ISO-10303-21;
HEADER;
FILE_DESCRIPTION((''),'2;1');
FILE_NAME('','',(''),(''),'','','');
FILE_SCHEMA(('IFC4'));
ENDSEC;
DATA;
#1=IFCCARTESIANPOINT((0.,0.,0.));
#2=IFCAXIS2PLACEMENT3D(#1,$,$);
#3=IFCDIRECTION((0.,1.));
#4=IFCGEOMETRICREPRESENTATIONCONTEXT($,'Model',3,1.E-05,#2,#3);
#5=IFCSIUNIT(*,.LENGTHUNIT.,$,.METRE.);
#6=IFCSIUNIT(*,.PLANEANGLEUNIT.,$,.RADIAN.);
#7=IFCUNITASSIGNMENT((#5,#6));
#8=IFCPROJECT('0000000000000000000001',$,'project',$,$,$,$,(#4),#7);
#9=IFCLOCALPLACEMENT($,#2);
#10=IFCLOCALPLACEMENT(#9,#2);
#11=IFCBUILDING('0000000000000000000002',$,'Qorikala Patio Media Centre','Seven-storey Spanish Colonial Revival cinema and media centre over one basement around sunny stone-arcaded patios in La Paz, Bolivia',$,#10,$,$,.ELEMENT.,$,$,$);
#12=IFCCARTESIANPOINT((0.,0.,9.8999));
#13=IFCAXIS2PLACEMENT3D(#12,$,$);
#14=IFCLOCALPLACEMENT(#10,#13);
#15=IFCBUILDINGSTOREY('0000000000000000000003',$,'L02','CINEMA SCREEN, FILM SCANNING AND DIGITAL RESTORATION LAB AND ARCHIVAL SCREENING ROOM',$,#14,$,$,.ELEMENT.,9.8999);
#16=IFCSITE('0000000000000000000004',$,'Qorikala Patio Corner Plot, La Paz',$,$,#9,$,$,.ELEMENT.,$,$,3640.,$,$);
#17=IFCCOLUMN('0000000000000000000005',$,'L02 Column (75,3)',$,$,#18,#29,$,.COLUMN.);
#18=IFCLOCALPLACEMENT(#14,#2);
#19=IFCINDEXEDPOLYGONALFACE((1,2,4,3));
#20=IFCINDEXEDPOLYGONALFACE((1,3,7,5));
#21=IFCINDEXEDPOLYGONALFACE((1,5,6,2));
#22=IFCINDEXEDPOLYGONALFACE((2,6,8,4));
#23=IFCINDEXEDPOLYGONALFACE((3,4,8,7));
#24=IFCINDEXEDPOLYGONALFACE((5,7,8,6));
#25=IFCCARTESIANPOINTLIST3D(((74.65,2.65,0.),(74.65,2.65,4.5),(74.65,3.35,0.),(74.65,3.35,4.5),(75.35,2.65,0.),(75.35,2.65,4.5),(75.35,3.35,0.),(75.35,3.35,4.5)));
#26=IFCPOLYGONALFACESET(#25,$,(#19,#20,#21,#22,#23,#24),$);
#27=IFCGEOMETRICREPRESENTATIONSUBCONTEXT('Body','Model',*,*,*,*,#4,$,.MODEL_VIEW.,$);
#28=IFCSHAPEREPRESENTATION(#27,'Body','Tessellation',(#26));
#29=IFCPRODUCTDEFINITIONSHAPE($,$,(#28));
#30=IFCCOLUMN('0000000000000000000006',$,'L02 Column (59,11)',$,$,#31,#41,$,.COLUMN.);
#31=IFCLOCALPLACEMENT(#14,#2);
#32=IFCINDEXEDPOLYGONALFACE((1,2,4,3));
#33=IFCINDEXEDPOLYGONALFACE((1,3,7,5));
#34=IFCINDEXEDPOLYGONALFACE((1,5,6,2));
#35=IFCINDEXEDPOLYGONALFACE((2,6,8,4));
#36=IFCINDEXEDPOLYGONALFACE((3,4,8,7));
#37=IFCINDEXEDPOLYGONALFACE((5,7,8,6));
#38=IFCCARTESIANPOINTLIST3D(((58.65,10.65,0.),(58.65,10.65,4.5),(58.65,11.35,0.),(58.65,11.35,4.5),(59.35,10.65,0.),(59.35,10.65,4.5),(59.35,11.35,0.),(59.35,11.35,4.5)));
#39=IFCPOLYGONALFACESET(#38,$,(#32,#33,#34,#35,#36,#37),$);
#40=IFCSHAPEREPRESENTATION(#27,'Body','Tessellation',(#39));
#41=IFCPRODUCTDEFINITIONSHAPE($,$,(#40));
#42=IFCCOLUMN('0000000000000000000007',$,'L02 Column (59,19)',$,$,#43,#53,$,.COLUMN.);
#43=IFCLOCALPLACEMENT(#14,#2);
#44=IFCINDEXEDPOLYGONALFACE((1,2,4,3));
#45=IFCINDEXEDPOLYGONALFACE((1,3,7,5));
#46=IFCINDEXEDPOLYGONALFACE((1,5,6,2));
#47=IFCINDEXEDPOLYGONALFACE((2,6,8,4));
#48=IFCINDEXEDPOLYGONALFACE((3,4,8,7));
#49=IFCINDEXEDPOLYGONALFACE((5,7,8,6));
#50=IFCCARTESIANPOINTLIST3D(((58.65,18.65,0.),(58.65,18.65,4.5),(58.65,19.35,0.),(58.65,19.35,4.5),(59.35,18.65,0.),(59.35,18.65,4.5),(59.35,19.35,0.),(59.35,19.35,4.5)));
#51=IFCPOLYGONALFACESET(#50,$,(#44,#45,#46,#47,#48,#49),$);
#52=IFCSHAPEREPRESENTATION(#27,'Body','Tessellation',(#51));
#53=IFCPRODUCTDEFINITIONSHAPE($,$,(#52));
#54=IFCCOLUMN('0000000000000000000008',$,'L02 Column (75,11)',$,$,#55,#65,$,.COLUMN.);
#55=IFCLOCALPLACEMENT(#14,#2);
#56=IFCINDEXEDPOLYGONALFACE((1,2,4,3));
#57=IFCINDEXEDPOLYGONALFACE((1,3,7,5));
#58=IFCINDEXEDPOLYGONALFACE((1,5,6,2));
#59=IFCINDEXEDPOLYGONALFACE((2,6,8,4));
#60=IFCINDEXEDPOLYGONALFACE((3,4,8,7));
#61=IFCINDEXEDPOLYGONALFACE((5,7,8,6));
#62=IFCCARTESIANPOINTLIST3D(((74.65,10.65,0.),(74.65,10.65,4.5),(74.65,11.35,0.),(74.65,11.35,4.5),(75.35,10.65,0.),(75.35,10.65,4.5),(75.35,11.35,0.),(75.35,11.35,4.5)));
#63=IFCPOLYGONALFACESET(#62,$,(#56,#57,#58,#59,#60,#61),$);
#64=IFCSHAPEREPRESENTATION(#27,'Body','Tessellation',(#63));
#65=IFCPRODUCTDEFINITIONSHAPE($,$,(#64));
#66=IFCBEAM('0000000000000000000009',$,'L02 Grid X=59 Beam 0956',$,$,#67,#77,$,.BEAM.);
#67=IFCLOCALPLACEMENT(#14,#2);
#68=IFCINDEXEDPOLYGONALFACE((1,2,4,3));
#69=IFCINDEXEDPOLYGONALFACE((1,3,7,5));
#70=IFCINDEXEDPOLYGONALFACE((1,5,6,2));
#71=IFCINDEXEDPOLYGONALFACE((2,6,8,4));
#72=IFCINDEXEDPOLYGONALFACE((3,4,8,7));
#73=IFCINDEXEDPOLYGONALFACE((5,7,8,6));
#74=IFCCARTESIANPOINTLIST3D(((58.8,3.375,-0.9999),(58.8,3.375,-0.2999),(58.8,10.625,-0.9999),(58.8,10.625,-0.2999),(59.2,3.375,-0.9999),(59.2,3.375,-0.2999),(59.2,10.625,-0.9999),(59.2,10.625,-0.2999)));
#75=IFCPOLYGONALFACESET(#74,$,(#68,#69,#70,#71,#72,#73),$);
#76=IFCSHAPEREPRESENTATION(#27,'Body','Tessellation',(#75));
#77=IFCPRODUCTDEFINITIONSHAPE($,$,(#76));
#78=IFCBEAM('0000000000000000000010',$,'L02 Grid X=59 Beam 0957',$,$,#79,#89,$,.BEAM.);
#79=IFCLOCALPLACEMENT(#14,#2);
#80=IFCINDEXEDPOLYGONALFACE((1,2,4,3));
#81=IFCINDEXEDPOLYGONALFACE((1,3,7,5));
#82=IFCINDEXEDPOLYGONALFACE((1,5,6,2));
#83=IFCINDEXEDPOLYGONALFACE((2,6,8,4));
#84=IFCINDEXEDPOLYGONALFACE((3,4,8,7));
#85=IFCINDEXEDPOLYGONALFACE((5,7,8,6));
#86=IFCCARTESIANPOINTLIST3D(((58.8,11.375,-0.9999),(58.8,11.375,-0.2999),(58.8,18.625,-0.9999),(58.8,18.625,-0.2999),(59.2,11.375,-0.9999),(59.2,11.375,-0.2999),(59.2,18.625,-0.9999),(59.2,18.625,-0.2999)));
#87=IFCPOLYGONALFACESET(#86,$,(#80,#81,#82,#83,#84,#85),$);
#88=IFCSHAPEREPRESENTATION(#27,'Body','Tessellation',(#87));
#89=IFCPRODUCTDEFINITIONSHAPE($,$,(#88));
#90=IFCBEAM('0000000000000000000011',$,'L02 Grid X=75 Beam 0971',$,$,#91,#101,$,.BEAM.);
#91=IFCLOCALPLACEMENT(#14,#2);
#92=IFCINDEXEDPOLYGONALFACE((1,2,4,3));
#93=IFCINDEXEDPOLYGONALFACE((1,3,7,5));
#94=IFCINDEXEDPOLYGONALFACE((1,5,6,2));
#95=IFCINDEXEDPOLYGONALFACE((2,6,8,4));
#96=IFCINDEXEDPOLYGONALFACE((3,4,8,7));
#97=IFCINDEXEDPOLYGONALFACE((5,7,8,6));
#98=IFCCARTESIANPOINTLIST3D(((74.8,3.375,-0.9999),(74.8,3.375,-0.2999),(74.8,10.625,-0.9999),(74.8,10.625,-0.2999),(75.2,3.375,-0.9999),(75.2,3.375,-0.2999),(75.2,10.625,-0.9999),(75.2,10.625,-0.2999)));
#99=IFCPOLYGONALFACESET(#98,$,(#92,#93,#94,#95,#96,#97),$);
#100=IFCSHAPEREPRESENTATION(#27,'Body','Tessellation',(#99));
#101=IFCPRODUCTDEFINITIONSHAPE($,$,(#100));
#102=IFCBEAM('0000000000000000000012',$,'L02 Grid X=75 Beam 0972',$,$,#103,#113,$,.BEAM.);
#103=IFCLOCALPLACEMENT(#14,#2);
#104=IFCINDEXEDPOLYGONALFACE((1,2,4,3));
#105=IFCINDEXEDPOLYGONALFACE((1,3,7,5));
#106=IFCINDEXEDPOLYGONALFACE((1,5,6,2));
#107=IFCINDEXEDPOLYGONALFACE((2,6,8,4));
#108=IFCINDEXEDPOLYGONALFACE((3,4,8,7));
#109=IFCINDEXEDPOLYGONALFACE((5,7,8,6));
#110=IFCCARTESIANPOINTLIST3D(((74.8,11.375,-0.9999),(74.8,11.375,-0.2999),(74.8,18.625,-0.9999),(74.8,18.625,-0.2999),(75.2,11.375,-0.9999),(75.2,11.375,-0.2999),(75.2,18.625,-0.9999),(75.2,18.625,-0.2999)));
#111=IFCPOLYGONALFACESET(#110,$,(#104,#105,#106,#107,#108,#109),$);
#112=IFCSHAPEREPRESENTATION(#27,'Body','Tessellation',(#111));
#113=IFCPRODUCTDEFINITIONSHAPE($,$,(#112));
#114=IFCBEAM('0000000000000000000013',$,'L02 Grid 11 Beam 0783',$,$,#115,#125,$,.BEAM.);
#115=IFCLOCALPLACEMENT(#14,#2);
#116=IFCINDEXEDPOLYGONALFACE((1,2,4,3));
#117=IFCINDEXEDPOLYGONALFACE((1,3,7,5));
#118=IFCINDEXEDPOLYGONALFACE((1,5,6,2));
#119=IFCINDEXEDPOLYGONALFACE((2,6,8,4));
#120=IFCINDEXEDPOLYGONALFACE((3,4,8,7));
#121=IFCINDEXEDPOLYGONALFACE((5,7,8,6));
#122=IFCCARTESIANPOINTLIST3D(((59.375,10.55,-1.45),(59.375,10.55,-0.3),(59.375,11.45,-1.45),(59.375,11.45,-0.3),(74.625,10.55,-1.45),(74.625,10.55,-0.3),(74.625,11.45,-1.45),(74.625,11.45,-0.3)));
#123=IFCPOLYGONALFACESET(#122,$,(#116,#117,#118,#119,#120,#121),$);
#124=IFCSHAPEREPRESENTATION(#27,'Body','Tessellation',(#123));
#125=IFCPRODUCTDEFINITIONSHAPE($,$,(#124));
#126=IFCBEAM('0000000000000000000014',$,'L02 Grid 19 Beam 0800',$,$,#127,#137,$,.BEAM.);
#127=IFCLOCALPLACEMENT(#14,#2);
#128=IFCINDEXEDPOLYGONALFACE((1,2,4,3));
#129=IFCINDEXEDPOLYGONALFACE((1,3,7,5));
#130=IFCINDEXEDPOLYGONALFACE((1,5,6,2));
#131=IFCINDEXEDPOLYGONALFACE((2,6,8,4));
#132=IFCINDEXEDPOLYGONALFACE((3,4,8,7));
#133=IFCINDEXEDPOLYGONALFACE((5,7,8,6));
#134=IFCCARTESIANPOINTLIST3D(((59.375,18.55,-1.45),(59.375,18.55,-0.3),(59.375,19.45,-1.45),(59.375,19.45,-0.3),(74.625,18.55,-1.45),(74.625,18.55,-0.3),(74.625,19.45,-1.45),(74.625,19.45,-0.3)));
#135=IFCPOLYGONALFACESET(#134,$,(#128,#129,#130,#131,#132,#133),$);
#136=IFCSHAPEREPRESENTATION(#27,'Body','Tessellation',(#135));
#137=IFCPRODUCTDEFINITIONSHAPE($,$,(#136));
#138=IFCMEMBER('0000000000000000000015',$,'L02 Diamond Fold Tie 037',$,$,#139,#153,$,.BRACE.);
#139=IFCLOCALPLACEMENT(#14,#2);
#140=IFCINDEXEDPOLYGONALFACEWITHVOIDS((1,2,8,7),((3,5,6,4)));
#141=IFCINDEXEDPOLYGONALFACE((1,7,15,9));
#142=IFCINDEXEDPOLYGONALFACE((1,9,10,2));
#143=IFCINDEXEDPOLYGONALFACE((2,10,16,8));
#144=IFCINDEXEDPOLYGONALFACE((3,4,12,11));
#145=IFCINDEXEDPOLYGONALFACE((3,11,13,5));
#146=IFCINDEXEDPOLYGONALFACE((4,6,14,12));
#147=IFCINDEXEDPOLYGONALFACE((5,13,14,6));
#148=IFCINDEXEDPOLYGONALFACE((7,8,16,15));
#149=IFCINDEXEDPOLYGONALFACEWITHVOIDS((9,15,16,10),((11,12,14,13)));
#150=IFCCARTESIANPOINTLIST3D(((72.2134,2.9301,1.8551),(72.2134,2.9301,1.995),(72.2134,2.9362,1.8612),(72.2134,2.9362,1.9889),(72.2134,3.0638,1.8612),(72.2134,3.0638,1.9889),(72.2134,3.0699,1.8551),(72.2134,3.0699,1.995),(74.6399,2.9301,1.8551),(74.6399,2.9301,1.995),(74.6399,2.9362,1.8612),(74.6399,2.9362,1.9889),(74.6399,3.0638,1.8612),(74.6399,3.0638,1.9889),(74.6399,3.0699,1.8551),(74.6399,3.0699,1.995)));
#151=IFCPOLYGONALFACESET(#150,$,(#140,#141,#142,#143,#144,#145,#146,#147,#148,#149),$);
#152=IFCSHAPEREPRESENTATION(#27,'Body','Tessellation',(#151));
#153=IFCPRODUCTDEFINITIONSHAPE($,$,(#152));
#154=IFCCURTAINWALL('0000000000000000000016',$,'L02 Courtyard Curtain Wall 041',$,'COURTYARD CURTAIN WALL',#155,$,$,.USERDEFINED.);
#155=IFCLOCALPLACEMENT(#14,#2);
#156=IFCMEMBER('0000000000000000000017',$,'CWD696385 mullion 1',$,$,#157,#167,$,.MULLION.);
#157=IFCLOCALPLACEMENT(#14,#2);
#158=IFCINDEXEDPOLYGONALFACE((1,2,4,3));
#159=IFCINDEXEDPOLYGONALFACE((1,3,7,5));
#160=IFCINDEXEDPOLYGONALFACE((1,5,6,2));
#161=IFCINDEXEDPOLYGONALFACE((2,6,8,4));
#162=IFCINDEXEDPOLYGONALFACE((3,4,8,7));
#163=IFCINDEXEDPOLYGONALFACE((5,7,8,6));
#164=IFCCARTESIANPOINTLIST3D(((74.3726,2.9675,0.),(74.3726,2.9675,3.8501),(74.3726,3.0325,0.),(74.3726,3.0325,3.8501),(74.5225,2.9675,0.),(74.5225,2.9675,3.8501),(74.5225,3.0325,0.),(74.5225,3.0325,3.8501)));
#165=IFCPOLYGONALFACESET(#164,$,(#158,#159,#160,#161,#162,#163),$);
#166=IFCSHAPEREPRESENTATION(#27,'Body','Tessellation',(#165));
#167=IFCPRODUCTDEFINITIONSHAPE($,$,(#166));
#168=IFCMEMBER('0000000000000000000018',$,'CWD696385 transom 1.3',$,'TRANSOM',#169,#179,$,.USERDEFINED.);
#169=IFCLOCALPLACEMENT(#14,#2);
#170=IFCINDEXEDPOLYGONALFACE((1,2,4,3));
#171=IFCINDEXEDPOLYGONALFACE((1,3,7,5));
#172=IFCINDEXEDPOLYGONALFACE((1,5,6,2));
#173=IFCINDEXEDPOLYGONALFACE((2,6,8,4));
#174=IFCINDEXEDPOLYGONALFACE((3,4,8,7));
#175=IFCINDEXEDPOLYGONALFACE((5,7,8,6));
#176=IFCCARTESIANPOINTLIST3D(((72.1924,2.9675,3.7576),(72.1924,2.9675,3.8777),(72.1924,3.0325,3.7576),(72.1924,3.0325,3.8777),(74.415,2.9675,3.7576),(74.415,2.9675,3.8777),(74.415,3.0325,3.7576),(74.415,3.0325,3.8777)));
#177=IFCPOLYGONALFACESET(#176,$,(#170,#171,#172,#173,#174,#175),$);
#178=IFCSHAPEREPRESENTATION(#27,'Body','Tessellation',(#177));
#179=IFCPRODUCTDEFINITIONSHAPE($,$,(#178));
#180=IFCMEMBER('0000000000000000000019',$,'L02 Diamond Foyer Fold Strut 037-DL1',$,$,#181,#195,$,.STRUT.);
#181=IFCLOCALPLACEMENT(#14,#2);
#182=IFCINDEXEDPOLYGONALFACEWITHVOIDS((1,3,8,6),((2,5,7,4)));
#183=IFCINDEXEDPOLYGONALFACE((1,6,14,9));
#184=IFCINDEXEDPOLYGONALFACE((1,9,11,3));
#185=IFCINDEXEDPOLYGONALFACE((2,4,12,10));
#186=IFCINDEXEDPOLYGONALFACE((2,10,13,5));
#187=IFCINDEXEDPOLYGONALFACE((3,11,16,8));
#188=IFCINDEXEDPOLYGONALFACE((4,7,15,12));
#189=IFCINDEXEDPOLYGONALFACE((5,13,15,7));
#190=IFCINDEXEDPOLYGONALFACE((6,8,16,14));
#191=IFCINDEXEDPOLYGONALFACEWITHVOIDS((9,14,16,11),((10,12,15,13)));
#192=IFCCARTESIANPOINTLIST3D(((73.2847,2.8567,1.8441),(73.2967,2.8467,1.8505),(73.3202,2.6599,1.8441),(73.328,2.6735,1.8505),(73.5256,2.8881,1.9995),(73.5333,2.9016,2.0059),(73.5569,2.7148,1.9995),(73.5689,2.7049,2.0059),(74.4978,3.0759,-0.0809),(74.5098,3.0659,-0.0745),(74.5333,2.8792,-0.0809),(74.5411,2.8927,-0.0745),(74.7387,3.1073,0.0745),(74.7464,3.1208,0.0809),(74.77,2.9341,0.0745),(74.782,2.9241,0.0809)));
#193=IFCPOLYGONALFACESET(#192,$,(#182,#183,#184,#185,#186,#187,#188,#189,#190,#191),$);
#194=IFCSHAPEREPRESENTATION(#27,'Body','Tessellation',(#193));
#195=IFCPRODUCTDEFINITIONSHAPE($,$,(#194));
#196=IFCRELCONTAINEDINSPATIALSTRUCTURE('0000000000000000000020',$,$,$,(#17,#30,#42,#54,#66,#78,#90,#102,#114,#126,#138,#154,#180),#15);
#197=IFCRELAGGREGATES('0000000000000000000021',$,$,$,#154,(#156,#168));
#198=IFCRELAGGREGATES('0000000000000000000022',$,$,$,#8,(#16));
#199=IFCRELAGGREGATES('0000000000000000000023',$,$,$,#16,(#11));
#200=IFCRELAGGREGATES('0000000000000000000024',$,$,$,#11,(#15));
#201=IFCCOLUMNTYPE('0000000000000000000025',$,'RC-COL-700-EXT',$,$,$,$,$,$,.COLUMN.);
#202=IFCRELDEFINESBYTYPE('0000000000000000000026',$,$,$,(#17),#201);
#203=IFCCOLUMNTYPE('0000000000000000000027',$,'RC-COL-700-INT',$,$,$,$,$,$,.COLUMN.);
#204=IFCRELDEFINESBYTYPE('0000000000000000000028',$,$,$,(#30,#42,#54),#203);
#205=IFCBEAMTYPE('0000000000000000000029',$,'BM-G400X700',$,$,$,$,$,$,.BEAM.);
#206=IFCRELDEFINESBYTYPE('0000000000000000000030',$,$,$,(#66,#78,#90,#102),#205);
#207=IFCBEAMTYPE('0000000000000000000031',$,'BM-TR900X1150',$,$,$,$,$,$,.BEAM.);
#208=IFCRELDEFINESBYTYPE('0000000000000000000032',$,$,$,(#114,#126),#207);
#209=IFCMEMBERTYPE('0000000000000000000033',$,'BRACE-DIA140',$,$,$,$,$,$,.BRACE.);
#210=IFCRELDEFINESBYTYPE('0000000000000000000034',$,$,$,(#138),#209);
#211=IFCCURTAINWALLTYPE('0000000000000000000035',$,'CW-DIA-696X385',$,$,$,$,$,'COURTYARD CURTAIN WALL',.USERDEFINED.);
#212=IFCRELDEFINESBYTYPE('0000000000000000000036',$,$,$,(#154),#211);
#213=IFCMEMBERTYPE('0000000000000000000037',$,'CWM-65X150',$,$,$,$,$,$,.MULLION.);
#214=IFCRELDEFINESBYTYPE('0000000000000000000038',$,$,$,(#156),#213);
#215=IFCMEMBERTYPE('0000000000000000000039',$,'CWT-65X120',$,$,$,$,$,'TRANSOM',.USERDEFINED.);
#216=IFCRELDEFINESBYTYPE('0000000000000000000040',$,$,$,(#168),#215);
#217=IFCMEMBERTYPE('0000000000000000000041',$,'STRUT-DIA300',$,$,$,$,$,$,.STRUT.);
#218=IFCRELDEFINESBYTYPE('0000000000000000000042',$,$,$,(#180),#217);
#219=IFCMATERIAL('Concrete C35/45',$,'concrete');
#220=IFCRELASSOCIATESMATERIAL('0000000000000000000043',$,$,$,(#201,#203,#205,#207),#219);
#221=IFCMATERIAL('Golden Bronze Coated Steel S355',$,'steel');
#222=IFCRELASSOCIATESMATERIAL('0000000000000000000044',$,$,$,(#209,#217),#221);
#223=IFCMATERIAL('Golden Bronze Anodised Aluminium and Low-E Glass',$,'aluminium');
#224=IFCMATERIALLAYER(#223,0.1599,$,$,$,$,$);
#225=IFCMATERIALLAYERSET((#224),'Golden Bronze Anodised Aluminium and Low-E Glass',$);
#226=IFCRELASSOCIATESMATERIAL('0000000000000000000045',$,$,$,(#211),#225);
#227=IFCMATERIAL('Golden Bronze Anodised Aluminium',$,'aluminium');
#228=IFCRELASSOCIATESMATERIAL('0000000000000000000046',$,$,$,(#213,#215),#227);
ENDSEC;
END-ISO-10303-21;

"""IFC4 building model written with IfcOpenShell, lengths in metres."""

from ifc_helpers import new_model, si_unit, direction, frame, origin, origin_2d, place, context, subcontext, project, spatial, rectangle, hollow_rectangle, extrude, material, layer, layer_set, material_profile, profile_set, type_object, element, aggregate, save


model = new_model("IFC4")

# Units and contexts
model_context = context("Model", 3, precision=1e-05, world=origin(), true_north=direction((0.0, 1.0)))
body_context = subcontext(model_context, "Body", "Model", "MODEL_VIEW")
ifc_project = project(units=[si_unit("LENGTHUNIT", "METRE"), si_unit("PLANEANGLEUNIT", "RADIAN")], contexts=[model_context])

# Site, building, storey
site_placement = place(None, origin())
site = spatial("IfcSite", under=ifc_project, at=site_placement, Name="Qorikala Patio Corner Plot, La Paz", CompositionType="ELEMENT", RefElevation=3640.0)
building_placement = place(site_placement, origin())
building = spatial("IfcBuilding", under=site, at=building_placement, Name="Qorikala Patio Media Centre", Description="Seven-storey Spanish Colonial Revival cinema and media centre over one basement around sunny stone-arcaded patios in La Paz, Bolivia", CompositionType="ELEMENT")
storey_placement = place(building_placement, frame((0.0, 0.0, 9.8999)))
storey = spatial("IfcBuildingStorey", under=building, at=storey_placement, Name="L02", Description="CINEMA SCREEN, FILM SCANNING AND DIGITAL RESTORATION LAB AND ARCHIVAL SCREENING ROOM", CompositionType="ELEMENT", Elevation=9.8999)

# Columns
ifc_material_1 = material(Name="Concrete C35/45", Category="concrete")
ifc_material_profile_1 = material_profile(ifc_material_1, rectangle(XDim=0.7, YDim=0.7, at=origin_2d()), Name="RC 700x700")
ifc_profile_set_1 = profile_set([ifc_material_profile_1], Name="Concrete C35/45")
column_type_1 = type_object("IfcColumnType", Name="RC-COL-700-EXT", PredefinedType="COLUMN", material=ifc_profile_set_1)
column_placement = place(storey_placement, frame((75.0, 3.0, 0.0), z_axis=(0.0, 0.0, 1.0), x_axis=(1.0, 0.0, 0.0)))
element("IfcColumn", 1, at=column_placement, inside=storey, type_object=column_type_1, Name="L02 Column (75,3)", PredefinedType="COLUMN", context=body_context, shape_type="SweptSolid", body=[
    extrude(rectangle(XDim=0.7, YDim=0.7, at=origin_2d()), origin(), (0.0, 0.0, 1.0), 4.5),
])
ifc_material_profile_2 = material_profile(ifc_material_1, rectangle(XDim=0.7, YDim=0.7, at=origin_2d()), Name="RC 700x700")
ifc_profile_set_2 = profile_set([ifc_material_profile_2], Name="Concrete C35/45")
column_type_2 = type_object("IfcColumnType", Name="RC-COL-700-INT", PredefinedType="COLUMN", material=ifc_profile_set_2)
for number, where, z_axis, x_axis, name in (
    (2, (59.0, 11.0, 0.0), (0.0, 0.0, 1.0), (1.0, 0.0, 0.0), "L02 Column (59,11)"),
    (3, (59.0, 19.0, 0.0), (0.0, 0.0, 1.0), (1.0, 0.0, 0.0), "L02 Column (59,19)"),
    (4, (75.0, 11.0, 0.0), (0.0, 0.0, 1.0), (1.0, 0.0, 0.0), "L02 Column (75,11)"),
):
    element("IfcColumn", number, at=place(storey_placement, frame(where, z_axis=z_axis, x_axis=x_axis)), inside=storey, type_object=column_type_2, Name=name, PredefinedType="COLUMN", context=body_context, shape_type="SweptSolid", body=[
        extrude(rectangle(XDim=0.7, YDim=0.7, at=origin_2d()), origin(), (0.0, 0.0, 1.0), 4.5),
    ])

# Beams
ifc_material_profile_3 = material_profile(ifc_material_1, rectangle(XDim=0.3999, YDim=0.7, at=origin_2d()), Name="RC 400x700")
ifc_profile_set_3 = profile_set([ifc_material_profile_3], Name="Concrete C35/45")
beam_type_1 = type_object("IfcBeamType", Name="BM-G400X700", PredefinedType="BEAM", material=ifc_profile_set_3)
for number, where, z_axis, x_axis, name in (
    (5, (59.0, 3.375, -0.6499), (0.0, 1.0, 0.0), (-1.0, 0.0, 0.0), "L02 Grid X=59 Beam 0956"),
    (6, (59.0, 11.375, -0.6499), (0.0, 1.0, 0.0), (-1.0, 0.0, 0.0), "L02 Grid X=59 Beam 0957"),
    (7, (75.0, 3.375, -0.6499), (0.0, 1.0, 0.0), (-1.0, 0.0, 0.0), "L02 Grid X=75 Beam 0971"),
    (8, (75.0, 11.375, -0.6499), (0.0, 1.0, 0.0), (-1.0, 0.0, 0.0), "L02 Grid X=75 Beam 0972"),
):
    element("IfcBeam", number, at=place(storey_placement, frame(where, z_axis=z_axis, x_axis=x_axis)), inside=storey, type_object=beam_type_1, Name=name, PredefinedType="BEAM", context=body_context, shape_type="SweptSolid", body=[
        extrude(rectangle(XDim=0.3999, YDim=0.7, at=origin_2d()), origin(), (0.0, 0.0, 1.0), 7.25),
    ])
ifc_material_profile_4 = material_profile(ifc_material_1, rectangle(XDim=0.8999, YDim=1.1499, at=origin_2d()), Name="RC 900x1150")
ifc_profile_set_4 = profile_set([ifc_material_profile_4], Name="Concrete C35/45")
beam_type_2 = type_object("IfcBeamType", Name="BM-TR900X1150", PredefinedType="BEAM", material=ifc_profile_set_4)
for number, where, z_axis, x_axis, name in (
    (9, (59.375, 11.0, -0.875), (1.0, 0.0, 0.0), (0.0, 1.0, 0.0), "L02 Grid 11 Beam 0783"),
    (10, (59.375, 19.0, -0.875), (1.0, 0.0, 0.0), (0.0, 1.0, 0.0), "L02 Grid 19 Beam 0800"),
):
    element("IfcBeam", number, at=place(storey_placement, frame(where, z_axis=z_axis, x_axis=x_axis)), inside=storey, type_object=beam_type_2, Name=name, PredefinedType="BEAM", context=body_context, shape_type="SweptSolid", body=[
        extrude(rectangle(XDim=0.8999, YDim=1.1499, at=origin_2d()), origin(), (0.0, 0.0, 1.0), 15.25),
    ])

# Member
ifc_material_2 = material(Name="Golden Bronze Coated Steel S355", Category="steel")
ifc_material_profile_5 = material_profile(ifc_material_2, hollow_rectangle(XDim=0.1399, YDim=0.1399, WallThickness=0.0061, at=origin_2d()), Name="HSS140X140X6")
ifc_profile_set_5 = profile_set([ifc_material_profile_5], Name="Golden Bronze Coated Steel S355")
member_type_1 = type_object("IfcMemberType", Name="BRACE-DIA140", PredefinedType="BRACE", material=ifc_profile_set_5)
member_1_placement = place(storey_placement, frame((74.6399, 3.0, 1.925), z_axis=(-1.0, 0.0, 0.0), x_axis=(0.0, -1.0, 0.0)))
element("IfcMember", 11, at=member_1_placement, inside=storey, type_object=member_type_1, Name="L02 Diamond Fold Tie 037", PredefinedType="BRACE", context=body_context, shape_type="SweptSolid", body=[
    extrude(hollow_rectangle(XDim=0.1399, YDim=0.1399, WallThickness=0.0061, at=origin_2d()), origin(), (0.0, 0.0, 1.0), 2.4265),
])

# Curtain wall, members
ifc_material_3 = material(Name="Golden Bronze Anodised Aluminium and Low-E Glass", Category="aluminium")
ifc_layer_1 = layer(ifc_material_3, 0.1599)
ifc_layer_set_1 = layer_set([ifc_layer_1], Name="Golden Bronze Anodised Aluminium and Low-E Glass")
curtain_wall_type = type_object("IfcCurtainWallType", Name="CW-DIA-696X385", ElementType="COURTYARD CURTAIN WALL", PredefinedType="USERDEFINED", material=ifc_layer_set_1)
curtain_wall_placement = place(storey_placement, origin())
curtain_wall = element("IfcCurtainWall", 12, at=curtain_wall_placement, inside=storey, type_object=curtain_wall_type, Name="L02 Courtyard Curtain Wall 041", ObjectType="COURTYARD CURTAIN WALL", PredefinedType="USERDEFINED")
ifc_material_4 = material(Name="Golden Bronze Anodised Aluminium", Category="aluminium")
ifc_material_profile_6 = material_profile(ifc_material_4, rectangle(XDim=0.0649, YDim=0.1499, at=origin_2d()), Name="ALU MULLION 65x150")
ifc_profile_set_6 = profile_set([ifc_material_profile_6], Name="Golden Bronze Anodised Aluminium")
member_type_2 = type_object("IfcMemberType", Name="CWM-65X150", PredefinedType="MULLION", material=ifc_profile_set_6)
member_2_placement = place(storey_placement, frame((74.4475, 3.0, 0.0), z_axis=(0.0, 0.0, 1.0), x_axis=(0.0, -1.0, 0.0)))
member_2 = element("IfcMember", 13, at=member_2_placement, type_object=member_type_2, Name="CWD696385 mullion 1", PredefinedType="MULLION", context=body_context, shape_type="SweptSolid", body=[
    extrude(rectangle(XDim=0.0649, YDim=0.1499, at=origin_2d()), origin(), (0.0, 0.0, 1.0), 3.8501),
])
ifc_material_profile_7 = material_profile(ifc_material_4, rectangle(XDim=0.0649, YDim=0.1201, at=origin_2d()), Name="ALU TRANSOM 65x120")
ifc_profile_set_7 = profile_set([ifc_material_profile_7], Name="Golden Bronze Anodised Aluminium")
member_type_3 = type_object("IfcMemberType", Name="CWT-65X120", ElementType="TRANSOM", PredefinedType="USERDEFINED", material=ifc_profile_set_7)
member_3_placement = place(storey_placement, frame((74.415, 3.0, 3.8176), z_axis=(-1.0, 0.0, 0.0), x_axis=(0.0, -1.0, 0.0)))
member_3 = element("IfcMember", 14, at=member_3_placement, type_object=member_type_3, Name="CWD696385 transom 1.3", ObjectType="TRANSOM", PredefinedType="USERDEFINED", context=body_context, shape_type="SweptSolid", body=[
    extrude(rectangle(XDim=0.0649, YDim=0.1201, at=origin_2d()), origin(), (0.0, 0.0, 1.0), 2.2227),
])
aggregate(curtain_wall, [member_2, member_3])

# Member
ifc_material_profile_8 = material_profile(ifc_material_2, hollow_rectangle(XDim=0.2, YDim=0.3, WallThickness=0.012, at=origin_2d()), Name="HSS300X200X12")
ifc_profile_set_8 = profile_set([ifc_material_profile_8], Name="Golden Bronze Coated Steel S355")
member_type_4 = type_object("IfcMemberType", Name="STRUT-DIA300", PredefinedType="STRUT", material=ifc_profile_set_8)
member_4_placement = place(storey_placement, frame((74.6399, 3.0, 0.0), z_axis=(-0.530691, -0.095907, 0.842121), x_axis=(0.17784, -0.984059, 0.0)))
element("IfcMember", 15, at=member_4_placement, inside=storey, type_object=member_type_4, Name="L02 Diamond Foyer Fold Strut 037-DL1", PredefinedType="STRUT", context=body_context, shape_type="SweptSolid", body=[
    extrude(hollow_rectangle(XDim=0.2, YDim=0.3, WallThickness=0.012, at=origin_2d()), origin(), (0.0, 0.0, 1.0), 2.2859),
])

save(model, "model.ifc")
